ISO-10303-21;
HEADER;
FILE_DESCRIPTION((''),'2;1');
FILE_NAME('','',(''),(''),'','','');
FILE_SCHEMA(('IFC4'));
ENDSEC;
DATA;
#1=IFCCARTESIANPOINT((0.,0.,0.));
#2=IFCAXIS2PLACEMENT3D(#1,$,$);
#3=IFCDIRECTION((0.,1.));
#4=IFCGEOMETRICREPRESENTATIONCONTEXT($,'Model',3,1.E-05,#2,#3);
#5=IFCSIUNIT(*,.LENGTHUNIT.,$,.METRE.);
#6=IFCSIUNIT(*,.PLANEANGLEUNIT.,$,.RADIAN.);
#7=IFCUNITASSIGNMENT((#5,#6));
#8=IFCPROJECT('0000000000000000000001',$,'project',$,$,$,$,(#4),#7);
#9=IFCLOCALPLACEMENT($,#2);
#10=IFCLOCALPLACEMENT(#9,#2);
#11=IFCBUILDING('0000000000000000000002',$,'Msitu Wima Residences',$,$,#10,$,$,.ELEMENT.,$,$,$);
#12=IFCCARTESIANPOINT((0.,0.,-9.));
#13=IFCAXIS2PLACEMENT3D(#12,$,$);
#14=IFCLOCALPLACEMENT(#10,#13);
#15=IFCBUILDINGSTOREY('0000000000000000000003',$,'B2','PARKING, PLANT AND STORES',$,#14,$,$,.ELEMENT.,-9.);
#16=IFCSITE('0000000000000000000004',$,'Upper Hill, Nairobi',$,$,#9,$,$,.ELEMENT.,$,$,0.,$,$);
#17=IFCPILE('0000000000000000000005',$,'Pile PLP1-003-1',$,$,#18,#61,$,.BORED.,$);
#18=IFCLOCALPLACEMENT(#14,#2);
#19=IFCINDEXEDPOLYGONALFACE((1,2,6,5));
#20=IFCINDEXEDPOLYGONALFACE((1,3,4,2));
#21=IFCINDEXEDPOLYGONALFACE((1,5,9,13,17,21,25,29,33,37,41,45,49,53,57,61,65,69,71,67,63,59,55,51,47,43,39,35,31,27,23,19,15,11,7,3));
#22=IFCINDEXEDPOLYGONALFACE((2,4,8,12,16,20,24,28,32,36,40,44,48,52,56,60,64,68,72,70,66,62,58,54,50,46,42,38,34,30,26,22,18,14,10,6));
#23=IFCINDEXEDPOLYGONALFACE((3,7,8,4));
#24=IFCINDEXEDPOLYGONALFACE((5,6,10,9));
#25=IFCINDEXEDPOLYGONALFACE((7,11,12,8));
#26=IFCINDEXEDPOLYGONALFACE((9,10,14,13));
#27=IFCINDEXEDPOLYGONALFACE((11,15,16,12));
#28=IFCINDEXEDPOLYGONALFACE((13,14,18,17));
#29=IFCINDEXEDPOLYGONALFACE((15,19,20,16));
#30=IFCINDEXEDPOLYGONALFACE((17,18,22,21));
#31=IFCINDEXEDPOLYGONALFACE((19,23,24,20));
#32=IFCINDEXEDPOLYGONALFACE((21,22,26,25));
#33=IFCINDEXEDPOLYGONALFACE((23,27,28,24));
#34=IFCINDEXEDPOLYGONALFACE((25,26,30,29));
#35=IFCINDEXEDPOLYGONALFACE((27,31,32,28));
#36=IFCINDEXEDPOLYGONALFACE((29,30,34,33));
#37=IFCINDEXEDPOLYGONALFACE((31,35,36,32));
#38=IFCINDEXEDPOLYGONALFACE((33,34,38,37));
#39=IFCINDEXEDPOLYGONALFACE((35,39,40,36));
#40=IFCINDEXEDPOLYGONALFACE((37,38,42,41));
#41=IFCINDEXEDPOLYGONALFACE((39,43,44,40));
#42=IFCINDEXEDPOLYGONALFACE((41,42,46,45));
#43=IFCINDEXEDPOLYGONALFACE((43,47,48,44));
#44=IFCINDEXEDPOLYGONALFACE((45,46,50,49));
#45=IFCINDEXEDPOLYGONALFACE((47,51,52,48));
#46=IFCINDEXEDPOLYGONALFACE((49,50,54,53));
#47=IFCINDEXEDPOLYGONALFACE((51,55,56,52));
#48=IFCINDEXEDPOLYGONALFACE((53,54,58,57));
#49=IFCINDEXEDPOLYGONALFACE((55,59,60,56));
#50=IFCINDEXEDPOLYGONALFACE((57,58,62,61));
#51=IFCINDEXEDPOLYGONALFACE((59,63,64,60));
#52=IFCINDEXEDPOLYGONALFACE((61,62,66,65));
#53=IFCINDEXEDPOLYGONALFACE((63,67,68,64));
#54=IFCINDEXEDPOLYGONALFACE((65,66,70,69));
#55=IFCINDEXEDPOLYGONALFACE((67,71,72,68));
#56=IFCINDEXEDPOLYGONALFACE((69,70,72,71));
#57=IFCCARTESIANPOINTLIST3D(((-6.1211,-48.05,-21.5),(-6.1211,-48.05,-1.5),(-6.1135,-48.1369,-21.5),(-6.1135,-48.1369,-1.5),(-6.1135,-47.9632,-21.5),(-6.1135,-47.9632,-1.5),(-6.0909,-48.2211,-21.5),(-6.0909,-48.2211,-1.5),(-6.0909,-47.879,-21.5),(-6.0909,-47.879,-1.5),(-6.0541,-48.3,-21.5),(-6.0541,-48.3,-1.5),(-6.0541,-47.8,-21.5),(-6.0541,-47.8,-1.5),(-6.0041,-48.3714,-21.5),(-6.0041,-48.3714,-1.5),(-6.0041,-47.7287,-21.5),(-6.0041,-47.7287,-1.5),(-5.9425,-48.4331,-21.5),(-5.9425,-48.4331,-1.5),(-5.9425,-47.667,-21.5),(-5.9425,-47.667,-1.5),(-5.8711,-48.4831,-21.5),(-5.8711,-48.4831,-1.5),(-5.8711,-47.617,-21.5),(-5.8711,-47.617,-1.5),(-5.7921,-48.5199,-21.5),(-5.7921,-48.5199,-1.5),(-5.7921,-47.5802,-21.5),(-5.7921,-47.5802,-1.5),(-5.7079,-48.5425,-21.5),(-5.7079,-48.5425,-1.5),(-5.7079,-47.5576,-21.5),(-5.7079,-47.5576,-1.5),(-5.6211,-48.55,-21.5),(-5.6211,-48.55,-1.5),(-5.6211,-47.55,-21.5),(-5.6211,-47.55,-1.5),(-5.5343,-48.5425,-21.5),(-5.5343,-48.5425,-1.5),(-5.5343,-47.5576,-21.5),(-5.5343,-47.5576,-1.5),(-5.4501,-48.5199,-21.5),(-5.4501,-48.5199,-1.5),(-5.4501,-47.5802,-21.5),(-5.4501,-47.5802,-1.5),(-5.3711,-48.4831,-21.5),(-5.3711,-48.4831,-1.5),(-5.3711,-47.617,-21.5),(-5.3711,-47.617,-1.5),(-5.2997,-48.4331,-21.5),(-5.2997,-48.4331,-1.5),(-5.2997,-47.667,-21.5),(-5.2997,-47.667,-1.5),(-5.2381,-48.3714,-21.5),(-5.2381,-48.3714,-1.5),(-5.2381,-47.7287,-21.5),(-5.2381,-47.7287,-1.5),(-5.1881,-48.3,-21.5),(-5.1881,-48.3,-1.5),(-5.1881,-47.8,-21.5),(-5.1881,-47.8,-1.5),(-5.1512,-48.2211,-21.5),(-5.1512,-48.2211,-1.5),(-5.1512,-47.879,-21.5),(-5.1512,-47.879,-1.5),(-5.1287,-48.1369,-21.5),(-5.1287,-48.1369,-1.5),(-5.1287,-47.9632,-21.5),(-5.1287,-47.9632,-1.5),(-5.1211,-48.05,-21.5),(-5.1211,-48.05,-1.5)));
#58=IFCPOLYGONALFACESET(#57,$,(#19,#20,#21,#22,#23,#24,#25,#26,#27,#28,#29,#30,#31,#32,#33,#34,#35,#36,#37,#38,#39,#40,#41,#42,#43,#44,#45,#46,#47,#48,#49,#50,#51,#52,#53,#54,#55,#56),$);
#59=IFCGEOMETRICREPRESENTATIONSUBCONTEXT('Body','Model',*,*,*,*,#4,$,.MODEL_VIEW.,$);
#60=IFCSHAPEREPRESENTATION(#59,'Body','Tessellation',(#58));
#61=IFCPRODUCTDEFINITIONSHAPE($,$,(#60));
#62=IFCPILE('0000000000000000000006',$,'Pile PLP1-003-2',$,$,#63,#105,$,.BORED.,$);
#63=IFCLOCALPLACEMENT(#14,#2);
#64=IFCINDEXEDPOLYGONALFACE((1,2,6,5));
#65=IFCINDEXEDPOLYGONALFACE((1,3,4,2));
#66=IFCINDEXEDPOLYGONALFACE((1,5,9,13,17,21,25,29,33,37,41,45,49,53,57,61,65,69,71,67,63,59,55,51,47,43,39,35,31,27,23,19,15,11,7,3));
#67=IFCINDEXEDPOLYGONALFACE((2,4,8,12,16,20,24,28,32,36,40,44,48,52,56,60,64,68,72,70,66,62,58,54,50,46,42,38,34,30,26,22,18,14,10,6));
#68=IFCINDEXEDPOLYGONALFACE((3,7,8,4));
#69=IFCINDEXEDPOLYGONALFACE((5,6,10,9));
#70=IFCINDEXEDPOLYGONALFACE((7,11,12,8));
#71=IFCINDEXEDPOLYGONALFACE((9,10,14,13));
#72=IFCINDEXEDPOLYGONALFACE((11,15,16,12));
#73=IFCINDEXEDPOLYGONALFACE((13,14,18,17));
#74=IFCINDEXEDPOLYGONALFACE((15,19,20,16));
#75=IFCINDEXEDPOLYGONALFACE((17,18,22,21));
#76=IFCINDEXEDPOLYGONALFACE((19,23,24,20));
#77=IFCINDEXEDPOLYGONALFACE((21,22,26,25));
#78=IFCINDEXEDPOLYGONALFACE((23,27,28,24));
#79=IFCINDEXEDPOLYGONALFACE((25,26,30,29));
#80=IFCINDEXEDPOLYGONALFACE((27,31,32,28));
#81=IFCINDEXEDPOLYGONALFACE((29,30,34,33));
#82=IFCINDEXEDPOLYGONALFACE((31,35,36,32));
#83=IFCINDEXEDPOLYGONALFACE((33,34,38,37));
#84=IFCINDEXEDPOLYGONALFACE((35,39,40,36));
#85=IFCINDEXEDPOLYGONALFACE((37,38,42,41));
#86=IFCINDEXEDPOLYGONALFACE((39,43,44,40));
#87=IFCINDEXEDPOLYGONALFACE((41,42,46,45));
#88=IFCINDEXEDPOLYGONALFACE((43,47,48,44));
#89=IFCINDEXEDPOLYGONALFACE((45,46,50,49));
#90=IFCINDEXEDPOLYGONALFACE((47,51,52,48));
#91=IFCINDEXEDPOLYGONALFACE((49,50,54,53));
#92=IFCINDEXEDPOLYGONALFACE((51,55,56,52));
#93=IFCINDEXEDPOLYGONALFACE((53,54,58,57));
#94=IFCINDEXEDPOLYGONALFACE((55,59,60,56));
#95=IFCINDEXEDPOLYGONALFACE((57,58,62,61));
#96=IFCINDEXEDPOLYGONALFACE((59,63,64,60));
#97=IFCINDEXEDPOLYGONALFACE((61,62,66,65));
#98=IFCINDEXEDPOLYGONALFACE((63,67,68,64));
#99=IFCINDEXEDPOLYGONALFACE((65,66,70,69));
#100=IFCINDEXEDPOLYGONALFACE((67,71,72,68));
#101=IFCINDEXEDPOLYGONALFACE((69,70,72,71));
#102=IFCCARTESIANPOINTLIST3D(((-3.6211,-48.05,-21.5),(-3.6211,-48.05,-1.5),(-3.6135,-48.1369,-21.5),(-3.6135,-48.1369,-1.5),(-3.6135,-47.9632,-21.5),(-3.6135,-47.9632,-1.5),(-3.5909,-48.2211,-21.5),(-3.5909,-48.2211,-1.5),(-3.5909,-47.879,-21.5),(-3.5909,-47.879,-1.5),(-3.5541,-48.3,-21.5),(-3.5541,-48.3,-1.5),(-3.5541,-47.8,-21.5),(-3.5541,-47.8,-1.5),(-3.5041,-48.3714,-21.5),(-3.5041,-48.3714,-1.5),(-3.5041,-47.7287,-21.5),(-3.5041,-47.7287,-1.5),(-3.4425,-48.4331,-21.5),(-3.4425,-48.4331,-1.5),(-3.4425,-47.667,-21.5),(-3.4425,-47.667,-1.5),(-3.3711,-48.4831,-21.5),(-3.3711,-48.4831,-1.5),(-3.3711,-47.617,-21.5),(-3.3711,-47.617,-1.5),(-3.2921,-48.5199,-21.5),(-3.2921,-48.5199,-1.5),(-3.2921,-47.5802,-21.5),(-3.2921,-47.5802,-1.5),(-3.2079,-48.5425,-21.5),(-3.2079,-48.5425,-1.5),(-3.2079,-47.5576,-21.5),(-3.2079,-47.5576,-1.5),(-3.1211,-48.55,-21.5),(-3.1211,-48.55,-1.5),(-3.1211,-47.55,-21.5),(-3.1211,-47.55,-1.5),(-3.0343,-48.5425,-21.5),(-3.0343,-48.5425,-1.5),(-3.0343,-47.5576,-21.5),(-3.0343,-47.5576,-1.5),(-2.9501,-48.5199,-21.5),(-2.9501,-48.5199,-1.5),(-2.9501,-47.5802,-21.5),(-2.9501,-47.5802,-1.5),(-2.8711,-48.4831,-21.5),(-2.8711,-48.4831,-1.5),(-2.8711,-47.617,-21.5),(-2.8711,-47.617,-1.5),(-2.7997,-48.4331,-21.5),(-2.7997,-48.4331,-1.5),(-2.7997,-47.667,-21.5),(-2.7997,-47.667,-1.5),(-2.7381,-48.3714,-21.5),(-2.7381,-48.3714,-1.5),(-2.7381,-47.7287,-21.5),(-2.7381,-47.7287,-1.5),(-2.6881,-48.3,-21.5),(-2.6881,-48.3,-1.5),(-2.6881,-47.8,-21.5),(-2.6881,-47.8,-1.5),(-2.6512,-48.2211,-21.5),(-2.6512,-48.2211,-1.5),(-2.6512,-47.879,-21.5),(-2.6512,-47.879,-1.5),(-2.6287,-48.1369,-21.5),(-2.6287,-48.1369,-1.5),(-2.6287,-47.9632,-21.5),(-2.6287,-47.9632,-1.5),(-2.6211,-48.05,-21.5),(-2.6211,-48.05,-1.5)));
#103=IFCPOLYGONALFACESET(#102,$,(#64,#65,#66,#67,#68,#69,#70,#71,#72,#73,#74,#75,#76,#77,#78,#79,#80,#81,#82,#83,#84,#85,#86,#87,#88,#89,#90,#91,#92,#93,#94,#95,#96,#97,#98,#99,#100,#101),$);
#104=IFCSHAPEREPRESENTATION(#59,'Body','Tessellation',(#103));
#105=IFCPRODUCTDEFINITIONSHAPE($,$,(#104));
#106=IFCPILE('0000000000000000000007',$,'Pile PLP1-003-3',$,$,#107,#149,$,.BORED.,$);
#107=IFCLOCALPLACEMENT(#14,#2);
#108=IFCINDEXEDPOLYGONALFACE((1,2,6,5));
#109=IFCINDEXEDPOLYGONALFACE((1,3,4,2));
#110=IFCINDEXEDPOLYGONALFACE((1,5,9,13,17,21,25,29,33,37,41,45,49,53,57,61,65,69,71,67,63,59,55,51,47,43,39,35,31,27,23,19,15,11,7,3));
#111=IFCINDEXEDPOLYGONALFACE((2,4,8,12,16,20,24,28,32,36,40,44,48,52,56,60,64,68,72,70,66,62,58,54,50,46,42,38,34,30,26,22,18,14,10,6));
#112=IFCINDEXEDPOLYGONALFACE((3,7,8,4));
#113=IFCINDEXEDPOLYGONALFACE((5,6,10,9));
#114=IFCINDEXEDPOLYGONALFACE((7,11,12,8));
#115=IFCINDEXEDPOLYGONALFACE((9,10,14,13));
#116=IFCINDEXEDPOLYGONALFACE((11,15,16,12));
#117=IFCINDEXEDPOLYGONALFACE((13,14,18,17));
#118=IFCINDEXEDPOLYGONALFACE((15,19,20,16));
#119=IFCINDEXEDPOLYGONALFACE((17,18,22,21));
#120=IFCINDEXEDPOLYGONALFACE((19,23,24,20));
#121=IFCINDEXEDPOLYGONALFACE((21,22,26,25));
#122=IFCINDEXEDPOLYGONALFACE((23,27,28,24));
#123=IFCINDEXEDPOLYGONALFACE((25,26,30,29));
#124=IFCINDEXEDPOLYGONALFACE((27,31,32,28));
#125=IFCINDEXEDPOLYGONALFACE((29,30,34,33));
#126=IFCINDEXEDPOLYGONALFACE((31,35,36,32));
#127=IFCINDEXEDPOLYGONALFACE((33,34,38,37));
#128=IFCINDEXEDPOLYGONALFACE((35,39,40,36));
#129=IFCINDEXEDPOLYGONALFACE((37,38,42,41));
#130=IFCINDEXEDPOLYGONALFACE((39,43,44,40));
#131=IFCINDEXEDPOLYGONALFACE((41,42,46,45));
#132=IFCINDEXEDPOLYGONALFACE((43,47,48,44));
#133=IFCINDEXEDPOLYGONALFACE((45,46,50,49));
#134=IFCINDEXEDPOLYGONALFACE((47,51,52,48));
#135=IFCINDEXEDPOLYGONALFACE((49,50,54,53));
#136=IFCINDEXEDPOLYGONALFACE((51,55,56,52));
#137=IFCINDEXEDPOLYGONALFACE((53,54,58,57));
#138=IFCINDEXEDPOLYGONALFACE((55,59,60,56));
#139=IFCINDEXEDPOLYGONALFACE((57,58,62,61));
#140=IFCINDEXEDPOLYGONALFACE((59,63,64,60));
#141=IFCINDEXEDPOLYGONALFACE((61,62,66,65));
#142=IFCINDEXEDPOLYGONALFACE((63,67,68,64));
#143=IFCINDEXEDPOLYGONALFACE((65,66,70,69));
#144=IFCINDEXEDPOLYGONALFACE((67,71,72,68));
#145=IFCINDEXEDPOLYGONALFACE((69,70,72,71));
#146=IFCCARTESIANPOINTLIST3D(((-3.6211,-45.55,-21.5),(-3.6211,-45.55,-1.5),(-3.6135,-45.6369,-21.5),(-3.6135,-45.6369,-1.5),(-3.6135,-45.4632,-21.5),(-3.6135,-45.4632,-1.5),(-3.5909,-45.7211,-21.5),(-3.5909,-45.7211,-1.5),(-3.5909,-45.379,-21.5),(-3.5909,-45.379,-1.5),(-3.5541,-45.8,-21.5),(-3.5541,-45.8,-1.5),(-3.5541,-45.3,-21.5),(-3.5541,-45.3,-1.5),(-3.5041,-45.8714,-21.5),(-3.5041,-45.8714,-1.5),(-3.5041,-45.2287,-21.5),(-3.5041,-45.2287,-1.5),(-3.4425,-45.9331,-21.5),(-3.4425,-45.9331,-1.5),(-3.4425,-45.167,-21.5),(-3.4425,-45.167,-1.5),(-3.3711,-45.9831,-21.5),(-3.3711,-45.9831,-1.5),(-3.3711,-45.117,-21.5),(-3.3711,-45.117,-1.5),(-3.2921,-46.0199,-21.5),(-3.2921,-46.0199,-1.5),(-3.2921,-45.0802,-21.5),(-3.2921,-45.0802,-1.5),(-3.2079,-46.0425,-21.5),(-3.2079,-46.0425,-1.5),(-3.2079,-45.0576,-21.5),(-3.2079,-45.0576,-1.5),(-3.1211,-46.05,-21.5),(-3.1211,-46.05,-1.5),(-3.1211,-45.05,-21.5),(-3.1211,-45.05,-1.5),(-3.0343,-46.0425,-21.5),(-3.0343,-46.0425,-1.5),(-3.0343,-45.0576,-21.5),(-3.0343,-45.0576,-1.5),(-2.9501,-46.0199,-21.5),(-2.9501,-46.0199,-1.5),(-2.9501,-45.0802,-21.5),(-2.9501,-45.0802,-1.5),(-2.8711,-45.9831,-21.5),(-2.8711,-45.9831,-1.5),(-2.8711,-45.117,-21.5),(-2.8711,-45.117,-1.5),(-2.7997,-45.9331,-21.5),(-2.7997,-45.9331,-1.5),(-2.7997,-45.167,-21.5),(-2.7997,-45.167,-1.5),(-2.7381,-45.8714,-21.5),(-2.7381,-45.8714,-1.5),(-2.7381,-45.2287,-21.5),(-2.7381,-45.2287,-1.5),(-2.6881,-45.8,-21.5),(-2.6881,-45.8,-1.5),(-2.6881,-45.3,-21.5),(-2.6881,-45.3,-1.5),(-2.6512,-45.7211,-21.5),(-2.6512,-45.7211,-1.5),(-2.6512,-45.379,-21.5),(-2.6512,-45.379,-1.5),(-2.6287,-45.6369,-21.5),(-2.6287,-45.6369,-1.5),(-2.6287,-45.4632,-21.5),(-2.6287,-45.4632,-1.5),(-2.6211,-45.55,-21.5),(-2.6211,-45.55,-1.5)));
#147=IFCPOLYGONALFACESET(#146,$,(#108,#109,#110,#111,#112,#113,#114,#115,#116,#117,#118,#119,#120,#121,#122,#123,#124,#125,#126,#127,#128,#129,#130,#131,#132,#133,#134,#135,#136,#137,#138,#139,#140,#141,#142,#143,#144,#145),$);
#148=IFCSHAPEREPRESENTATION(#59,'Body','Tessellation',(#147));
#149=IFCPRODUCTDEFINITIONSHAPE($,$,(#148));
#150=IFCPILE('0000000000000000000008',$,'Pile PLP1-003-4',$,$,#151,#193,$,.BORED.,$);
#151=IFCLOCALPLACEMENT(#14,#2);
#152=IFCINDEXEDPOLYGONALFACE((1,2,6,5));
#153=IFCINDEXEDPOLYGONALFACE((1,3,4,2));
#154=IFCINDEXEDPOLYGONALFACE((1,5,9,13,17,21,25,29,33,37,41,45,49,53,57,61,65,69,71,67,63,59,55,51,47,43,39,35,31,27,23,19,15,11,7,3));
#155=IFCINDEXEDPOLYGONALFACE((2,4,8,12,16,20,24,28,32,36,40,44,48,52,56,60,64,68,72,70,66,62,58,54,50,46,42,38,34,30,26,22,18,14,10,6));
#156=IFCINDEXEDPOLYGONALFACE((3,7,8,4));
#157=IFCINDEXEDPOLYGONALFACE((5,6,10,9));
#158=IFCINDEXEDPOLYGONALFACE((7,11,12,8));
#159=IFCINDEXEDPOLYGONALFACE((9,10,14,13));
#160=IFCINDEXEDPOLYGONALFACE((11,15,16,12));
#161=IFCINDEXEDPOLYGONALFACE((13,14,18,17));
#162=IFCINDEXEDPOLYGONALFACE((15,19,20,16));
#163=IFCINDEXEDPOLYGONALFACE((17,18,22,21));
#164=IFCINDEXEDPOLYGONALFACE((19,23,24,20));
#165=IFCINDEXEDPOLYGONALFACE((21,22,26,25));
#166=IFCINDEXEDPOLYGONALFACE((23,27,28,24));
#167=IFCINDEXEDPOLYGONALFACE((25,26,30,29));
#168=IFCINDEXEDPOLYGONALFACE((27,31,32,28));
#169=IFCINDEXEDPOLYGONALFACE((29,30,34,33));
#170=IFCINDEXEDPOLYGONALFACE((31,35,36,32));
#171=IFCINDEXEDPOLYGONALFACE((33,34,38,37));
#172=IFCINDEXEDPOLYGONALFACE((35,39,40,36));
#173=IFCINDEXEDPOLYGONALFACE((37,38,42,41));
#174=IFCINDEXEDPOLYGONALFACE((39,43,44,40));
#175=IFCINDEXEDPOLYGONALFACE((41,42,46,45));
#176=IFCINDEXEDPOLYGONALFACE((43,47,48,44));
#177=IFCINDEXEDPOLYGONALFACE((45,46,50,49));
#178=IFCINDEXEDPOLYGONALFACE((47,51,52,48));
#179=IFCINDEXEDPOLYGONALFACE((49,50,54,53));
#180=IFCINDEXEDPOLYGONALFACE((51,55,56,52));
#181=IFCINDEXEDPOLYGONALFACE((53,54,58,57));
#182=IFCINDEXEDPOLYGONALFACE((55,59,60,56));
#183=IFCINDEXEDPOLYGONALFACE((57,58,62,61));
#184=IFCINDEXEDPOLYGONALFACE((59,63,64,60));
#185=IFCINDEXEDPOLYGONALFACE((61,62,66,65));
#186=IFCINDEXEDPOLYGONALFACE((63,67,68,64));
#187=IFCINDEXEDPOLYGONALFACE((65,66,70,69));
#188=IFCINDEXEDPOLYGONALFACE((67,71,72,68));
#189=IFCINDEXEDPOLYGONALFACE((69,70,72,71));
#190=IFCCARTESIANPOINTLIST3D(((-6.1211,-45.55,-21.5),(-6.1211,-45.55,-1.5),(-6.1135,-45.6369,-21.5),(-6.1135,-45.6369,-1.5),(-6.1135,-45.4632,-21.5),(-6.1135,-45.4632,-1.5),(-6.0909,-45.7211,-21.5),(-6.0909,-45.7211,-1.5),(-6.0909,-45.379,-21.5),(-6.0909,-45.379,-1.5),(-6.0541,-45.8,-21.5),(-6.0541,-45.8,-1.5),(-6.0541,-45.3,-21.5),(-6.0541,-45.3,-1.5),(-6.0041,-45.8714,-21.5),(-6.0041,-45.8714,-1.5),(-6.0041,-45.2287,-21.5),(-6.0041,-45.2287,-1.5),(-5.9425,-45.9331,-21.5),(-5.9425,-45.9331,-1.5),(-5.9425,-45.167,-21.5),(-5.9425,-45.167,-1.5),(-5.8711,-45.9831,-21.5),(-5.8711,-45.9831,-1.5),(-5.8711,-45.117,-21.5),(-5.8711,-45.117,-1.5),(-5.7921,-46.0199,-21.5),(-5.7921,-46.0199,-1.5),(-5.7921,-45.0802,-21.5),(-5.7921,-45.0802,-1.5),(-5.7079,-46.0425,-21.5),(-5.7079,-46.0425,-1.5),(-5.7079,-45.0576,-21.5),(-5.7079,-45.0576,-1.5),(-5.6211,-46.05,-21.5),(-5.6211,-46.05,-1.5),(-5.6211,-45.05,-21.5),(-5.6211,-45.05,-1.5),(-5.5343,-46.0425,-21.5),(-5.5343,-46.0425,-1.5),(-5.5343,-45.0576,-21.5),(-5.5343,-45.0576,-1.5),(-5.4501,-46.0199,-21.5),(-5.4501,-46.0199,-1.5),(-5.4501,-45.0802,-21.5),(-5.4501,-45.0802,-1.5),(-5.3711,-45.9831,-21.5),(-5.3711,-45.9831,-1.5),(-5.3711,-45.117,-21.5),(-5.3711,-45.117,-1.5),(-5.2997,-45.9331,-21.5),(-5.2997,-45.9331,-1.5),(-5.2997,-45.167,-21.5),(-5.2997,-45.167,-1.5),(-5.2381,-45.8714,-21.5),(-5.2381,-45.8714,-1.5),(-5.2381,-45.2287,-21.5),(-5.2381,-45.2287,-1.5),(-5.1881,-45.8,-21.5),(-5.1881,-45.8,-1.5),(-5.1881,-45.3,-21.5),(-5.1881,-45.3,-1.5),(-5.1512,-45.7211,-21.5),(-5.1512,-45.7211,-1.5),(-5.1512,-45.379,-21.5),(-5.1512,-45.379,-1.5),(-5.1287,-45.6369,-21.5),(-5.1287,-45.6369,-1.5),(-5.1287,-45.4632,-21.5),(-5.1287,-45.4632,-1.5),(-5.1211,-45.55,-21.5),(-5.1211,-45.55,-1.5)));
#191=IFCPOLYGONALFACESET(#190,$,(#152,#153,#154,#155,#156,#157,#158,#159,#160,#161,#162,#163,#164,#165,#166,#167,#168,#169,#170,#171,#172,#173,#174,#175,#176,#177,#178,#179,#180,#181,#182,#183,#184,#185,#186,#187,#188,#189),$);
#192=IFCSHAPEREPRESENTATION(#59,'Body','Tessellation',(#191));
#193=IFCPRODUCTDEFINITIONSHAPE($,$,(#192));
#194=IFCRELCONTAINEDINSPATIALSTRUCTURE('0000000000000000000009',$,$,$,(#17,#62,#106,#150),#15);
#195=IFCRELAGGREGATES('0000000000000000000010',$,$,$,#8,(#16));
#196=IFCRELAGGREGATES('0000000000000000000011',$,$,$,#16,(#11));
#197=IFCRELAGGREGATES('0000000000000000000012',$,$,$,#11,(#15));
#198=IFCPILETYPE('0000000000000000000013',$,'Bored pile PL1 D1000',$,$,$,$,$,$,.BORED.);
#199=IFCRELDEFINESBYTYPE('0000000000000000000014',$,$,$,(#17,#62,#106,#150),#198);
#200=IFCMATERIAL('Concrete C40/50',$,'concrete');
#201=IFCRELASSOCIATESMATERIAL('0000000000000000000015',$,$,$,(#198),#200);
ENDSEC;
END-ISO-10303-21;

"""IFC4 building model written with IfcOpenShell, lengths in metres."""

from ifc_helpers import new_model, si_unit, direction, frame, origin, origin_2d, place, context, subcontext, project, spatial, circle, extrude, material, type_object, element, save


model = new_model("IFC4")

# Units and contexts
model_context = context("Model", 3, precision=1e-05, world=origin(), true_north=direction((0.0, 1.0)))
body_context = subcontext(model_context, "Body", "Model", "MODEL_VIEW")
ifc_project = project(units=[si_unit("LENGTHUNIT", "METRE"), si_unit("PLANEANGLEUNIT", "RADIAN")], contexts=[model_context])

# Site, building, storey
site_placement = place(None, origin())
site = spatial("IfcSite", under=ifc_project, at=site_placement, Name="Upper Hill, Nairobi", CompositionType="ELEMENT", RefElevation=0.0)
building_placement = place(site_placement, origin())
building = spatial("IfcBuilding", under=site, at=building_placement, Name="Msitu Wima Residences", CompositionType="ELEMENT")
storey_placement = place(building_placement, frame((0.0, 0.0, -9.0)))
storey = spatial("IfcBuildingStorey", under=building, at=storey_placement, Name="B2", Description="PARKING, PLANT AND STORES", CompositionType="ELEMENT", Elevation=-9.0)

# Piles
ifc_material_1 = material(Name="Concrete C40/50", Category="concrete")
pile_type = type_object("IfcPileType", Name="Bored pile PL1 D1000", PredefinedType="BORED", material=ifc_material_1)
for number, where, z_axis, x_axis, name in (
    (1, (-5.6211, -48.05, -1.5), (0.0, 0.0, -1.0), (1.0, 0.0, 0.0), "Pile PLP1-003-1"),
    (2, (-3.1211, -48.05, -1.5), (0.0, 0.0, -1.0), (1.0, 0.0, 0.0), "Pile PLP1-003-2"),
    (3, (-3.1211, -45.55, -1.5), (0.0, 0.0, -1.0), (1.0, 0.0, 0.0), "Pile PLP1-003-3"),
    (4, (-5.6211, -45.55, -1.5), (0.0, 0.0, -1.0), (1.0, 0.0, 0.0), "Pile PLP1-003-4"),
):
    element("IfcPile", number, at=place(storey_placement, frame(where, z_axis=z_axis, x_axis=x_axis)), inside=storey, type_object=pile_type, Name=name, PredefinedType="BORED", context=body_context, shape_type="SweptSolid", body=[
        extrude(circle(Radius=0.5, at=origin_2d()), origin(), (0.0, 0.0, 1.0), 20.0),
    ])

save(model, "model.ifc")
